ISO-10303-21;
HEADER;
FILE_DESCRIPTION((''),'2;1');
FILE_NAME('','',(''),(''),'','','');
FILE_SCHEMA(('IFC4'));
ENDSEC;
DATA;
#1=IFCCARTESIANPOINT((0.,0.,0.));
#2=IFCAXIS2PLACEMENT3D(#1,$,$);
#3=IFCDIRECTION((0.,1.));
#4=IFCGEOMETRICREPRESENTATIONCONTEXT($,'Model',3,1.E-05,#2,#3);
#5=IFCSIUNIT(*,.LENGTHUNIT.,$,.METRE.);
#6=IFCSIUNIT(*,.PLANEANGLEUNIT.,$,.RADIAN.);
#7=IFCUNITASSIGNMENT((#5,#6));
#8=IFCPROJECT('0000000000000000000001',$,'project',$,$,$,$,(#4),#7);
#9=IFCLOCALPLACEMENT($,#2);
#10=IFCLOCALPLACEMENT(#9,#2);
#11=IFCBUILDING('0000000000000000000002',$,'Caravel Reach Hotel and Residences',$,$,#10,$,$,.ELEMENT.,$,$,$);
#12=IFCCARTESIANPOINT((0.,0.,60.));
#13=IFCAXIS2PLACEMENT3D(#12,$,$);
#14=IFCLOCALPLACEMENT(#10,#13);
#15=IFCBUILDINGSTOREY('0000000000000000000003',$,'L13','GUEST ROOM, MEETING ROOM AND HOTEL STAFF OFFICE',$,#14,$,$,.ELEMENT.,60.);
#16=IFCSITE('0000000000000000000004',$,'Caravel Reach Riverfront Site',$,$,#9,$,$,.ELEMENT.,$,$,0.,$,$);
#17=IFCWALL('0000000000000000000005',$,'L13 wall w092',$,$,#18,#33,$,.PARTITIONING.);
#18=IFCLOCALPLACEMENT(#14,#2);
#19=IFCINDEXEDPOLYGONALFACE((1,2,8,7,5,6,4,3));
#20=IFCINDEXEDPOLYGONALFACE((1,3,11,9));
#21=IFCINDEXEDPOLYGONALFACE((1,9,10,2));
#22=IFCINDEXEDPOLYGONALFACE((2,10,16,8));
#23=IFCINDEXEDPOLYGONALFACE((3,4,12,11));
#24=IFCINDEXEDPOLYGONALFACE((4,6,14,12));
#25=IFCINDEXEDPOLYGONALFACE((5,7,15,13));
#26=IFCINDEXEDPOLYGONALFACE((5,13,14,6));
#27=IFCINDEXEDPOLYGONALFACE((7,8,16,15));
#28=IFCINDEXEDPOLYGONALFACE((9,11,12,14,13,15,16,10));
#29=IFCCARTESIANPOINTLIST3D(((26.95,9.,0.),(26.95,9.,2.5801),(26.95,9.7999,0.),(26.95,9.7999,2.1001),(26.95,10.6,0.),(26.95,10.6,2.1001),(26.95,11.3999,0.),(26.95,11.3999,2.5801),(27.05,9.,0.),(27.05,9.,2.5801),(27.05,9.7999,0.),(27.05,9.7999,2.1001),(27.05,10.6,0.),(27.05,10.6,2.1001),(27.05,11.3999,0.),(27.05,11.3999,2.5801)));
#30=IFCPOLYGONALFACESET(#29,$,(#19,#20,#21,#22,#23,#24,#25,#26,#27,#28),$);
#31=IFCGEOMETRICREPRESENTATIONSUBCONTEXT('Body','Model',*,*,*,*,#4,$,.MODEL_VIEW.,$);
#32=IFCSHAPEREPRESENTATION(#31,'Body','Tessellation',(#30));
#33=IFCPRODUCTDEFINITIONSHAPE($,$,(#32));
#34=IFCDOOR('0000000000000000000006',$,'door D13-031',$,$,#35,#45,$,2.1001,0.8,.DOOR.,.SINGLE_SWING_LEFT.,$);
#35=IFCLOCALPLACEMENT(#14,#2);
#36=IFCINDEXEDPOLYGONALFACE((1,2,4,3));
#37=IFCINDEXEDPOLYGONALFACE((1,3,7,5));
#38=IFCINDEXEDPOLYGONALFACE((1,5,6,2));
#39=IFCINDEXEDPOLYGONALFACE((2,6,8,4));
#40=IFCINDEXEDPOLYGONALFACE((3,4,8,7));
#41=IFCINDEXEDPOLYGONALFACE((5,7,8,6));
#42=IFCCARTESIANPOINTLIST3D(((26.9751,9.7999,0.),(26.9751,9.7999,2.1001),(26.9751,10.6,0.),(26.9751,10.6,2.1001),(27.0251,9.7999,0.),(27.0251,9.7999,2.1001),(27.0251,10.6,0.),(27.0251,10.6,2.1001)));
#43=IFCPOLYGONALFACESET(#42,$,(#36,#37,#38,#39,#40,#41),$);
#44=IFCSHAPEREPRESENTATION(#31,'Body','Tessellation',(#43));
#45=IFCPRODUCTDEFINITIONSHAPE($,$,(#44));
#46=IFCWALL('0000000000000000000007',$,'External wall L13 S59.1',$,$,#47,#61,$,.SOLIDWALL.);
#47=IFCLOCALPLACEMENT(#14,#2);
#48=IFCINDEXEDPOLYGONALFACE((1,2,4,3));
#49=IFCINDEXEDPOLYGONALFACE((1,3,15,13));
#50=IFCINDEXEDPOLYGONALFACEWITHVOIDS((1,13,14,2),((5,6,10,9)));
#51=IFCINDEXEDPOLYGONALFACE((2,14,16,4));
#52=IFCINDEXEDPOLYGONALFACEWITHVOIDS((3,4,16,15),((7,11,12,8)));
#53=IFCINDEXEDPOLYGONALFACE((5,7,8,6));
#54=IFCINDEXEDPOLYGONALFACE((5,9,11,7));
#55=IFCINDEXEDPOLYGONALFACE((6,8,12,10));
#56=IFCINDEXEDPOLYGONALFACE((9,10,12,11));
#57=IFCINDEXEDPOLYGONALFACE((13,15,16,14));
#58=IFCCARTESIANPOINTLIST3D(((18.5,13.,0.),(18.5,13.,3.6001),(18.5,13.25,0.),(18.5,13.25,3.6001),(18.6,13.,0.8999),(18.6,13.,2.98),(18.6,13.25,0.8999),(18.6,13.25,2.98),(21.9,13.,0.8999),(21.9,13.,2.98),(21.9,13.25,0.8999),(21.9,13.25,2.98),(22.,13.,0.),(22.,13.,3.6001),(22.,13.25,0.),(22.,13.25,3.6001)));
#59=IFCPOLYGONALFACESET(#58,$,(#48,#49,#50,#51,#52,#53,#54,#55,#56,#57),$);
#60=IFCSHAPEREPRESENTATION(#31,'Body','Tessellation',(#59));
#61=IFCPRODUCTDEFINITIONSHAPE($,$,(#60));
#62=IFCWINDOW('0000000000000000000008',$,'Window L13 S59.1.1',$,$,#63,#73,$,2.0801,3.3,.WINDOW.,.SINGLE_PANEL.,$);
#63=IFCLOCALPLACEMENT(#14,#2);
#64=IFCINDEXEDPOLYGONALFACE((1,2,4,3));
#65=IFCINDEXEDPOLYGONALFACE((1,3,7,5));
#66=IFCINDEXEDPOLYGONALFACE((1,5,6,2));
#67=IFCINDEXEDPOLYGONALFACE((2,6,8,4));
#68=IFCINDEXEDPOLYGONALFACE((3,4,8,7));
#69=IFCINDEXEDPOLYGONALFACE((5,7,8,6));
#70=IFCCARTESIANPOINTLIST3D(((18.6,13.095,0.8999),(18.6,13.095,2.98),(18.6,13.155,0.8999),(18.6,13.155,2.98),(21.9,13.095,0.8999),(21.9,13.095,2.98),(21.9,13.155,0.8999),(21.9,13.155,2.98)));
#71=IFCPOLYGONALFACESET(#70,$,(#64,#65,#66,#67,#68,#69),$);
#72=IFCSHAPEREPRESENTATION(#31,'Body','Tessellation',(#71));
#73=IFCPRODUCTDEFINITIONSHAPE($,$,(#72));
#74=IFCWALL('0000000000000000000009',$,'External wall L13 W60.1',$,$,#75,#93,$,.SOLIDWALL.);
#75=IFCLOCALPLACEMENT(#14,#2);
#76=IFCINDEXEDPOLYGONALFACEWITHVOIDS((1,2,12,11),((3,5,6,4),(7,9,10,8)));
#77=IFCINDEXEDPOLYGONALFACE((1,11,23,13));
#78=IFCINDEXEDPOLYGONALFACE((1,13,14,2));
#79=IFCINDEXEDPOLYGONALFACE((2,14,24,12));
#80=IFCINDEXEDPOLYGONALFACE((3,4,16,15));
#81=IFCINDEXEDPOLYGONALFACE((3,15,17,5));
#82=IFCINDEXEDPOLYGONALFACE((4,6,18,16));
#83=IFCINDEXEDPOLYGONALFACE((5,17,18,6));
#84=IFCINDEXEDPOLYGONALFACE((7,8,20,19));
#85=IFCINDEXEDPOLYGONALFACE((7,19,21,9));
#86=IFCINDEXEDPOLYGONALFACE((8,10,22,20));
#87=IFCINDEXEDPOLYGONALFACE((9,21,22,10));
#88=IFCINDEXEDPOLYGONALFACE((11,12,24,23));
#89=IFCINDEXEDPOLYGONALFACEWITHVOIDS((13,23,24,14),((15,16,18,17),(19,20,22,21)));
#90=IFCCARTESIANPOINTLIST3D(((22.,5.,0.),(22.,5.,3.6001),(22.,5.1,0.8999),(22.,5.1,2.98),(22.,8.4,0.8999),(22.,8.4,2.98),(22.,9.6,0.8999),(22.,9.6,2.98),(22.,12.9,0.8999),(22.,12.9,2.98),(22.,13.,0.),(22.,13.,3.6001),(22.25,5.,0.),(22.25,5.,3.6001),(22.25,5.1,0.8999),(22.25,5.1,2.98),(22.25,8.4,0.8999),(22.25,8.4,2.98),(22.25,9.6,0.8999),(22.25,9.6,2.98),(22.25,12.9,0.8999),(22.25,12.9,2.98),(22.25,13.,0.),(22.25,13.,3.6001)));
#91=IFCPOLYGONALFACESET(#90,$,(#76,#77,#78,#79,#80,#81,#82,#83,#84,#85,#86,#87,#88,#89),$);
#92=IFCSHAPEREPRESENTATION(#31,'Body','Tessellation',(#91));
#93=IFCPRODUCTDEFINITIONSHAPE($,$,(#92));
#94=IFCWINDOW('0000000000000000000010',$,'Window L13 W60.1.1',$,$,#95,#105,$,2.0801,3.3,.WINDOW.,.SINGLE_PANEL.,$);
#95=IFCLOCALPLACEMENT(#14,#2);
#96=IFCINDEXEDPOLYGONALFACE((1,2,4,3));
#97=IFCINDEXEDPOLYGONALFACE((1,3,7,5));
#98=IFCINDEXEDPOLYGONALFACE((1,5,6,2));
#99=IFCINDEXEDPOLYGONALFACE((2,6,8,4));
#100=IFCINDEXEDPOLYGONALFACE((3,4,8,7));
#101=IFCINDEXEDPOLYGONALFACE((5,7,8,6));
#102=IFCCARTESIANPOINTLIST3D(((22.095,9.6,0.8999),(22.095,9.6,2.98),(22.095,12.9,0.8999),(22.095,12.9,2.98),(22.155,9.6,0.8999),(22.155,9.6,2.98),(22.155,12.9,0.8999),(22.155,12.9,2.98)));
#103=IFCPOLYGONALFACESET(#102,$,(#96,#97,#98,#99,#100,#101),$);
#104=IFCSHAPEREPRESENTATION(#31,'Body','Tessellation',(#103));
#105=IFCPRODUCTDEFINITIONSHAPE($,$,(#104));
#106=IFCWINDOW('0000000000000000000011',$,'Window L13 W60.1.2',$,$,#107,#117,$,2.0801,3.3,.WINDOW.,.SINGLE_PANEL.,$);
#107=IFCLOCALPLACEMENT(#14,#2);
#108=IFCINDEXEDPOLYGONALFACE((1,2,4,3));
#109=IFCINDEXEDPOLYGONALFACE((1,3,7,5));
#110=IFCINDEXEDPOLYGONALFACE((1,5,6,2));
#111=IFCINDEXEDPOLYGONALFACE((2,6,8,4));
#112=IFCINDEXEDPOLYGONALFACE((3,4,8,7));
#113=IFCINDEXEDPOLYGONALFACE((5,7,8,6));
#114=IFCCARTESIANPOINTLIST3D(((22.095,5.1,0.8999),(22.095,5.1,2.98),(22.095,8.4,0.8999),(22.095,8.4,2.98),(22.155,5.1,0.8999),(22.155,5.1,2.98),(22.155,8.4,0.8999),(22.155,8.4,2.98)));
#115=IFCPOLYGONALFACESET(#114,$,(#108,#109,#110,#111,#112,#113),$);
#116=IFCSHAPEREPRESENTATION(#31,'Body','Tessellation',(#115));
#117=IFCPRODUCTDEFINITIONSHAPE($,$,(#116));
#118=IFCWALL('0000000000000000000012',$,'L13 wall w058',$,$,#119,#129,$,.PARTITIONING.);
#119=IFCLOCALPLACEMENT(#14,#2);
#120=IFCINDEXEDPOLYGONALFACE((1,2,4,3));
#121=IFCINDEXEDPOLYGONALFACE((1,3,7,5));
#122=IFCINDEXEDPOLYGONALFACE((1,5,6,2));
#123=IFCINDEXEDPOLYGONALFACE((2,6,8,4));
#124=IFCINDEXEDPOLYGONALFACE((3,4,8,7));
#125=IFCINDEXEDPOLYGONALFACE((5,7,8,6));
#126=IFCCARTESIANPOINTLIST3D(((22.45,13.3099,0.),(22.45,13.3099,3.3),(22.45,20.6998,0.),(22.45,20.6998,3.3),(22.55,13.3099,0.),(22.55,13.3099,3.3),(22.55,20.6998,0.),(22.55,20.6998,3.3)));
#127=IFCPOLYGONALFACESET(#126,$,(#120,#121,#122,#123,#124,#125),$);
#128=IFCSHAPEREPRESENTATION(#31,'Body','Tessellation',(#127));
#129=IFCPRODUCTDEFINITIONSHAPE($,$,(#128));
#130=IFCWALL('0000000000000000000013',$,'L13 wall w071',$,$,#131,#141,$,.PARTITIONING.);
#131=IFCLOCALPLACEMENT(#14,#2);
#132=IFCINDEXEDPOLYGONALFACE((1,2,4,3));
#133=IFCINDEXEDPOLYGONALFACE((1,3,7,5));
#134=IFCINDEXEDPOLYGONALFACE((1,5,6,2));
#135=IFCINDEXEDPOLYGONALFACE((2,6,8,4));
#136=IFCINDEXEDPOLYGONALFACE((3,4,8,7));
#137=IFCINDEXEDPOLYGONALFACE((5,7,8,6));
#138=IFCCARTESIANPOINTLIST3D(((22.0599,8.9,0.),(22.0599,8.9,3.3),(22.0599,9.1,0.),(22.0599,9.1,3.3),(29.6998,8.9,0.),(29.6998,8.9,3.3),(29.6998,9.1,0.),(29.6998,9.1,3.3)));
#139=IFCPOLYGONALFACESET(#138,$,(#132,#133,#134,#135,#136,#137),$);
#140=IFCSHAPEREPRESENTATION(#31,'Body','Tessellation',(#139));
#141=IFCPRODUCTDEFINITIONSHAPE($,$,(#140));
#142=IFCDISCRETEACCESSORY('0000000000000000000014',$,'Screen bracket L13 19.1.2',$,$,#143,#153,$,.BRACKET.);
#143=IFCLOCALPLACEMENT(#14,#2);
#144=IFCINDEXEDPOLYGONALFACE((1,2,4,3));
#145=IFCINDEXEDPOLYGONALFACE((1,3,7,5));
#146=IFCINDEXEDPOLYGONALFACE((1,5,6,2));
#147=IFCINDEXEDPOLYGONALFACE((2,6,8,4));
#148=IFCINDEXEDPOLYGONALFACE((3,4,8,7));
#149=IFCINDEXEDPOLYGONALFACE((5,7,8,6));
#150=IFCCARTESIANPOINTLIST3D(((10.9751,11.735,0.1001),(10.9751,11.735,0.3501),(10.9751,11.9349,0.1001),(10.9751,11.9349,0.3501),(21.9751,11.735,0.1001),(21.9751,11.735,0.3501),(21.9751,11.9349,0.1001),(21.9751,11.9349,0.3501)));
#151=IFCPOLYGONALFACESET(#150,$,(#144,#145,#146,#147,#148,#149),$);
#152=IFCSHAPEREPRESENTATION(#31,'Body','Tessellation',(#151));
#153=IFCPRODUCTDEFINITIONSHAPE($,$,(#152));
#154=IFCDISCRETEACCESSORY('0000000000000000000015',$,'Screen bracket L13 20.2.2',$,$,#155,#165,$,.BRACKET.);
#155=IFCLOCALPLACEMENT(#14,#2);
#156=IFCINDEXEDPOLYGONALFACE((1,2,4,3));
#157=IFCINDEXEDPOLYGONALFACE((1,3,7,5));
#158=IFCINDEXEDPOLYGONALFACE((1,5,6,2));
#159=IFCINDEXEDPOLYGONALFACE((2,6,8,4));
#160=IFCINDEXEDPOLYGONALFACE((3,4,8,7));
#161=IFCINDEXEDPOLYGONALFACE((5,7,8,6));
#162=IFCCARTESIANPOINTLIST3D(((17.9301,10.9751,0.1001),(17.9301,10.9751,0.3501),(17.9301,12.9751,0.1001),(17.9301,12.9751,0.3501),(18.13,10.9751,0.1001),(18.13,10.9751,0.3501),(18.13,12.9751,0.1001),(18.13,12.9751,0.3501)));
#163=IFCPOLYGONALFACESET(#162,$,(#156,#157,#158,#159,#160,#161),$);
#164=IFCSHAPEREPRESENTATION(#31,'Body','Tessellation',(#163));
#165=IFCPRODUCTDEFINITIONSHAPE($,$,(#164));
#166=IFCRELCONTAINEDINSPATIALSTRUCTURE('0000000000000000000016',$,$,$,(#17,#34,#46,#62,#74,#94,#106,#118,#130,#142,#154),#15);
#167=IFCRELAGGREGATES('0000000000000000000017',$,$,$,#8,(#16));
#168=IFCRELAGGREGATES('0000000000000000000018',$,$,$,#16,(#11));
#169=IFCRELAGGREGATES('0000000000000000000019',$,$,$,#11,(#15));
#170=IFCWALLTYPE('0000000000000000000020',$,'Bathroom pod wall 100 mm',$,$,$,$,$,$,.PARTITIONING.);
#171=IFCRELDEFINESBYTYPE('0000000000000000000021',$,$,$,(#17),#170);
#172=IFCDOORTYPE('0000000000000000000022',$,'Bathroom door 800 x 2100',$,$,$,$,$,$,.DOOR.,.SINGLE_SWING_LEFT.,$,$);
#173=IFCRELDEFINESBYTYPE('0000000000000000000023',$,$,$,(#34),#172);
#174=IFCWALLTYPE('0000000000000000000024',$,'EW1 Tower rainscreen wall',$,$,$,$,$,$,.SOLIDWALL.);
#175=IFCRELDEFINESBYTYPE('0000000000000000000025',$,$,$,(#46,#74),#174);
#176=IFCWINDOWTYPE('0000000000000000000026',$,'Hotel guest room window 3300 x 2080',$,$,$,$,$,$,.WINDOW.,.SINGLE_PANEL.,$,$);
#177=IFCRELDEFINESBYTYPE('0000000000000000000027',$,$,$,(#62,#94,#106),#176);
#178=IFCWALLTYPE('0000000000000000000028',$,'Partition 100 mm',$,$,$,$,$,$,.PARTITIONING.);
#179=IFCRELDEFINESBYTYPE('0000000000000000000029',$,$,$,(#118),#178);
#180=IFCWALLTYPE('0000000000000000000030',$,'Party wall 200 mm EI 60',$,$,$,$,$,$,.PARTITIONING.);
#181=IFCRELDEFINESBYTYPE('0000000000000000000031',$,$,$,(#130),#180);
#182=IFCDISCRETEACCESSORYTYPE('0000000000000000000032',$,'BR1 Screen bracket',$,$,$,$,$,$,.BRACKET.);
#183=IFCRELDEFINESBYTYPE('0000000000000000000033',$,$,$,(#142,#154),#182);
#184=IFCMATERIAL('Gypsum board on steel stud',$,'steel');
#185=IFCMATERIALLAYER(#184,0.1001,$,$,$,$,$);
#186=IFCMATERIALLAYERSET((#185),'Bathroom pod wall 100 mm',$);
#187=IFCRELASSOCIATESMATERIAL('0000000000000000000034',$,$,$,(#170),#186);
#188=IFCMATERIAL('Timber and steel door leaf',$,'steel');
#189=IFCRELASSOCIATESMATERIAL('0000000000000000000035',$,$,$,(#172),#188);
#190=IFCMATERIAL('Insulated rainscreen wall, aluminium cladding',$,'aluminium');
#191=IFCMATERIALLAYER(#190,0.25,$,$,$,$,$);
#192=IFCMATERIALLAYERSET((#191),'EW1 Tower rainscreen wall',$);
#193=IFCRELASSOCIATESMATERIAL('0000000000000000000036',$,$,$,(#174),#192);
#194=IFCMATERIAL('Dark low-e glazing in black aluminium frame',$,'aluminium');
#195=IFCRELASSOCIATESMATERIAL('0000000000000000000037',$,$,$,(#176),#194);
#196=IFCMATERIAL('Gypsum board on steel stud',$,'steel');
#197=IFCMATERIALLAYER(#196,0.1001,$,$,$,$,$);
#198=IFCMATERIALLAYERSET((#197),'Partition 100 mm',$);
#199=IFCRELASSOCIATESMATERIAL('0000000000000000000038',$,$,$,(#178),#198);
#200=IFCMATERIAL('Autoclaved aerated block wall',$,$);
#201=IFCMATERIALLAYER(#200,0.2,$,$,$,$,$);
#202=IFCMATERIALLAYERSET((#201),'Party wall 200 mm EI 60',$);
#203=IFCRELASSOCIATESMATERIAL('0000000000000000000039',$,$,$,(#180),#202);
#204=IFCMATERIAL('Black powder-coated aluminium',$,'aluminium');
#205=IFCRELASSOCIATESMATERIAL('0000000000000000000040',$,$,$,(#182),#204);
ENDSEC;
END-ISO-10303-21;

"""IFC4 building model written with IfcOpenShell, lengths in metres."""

from ifc_helpers import new_model, si_unit, direction, frame, frame_2d, origin, origin_2d, place, context, subcontext, project, spatial, rectangle, extrude, material, layer, layer_set, type_object, element, fill, save


model = new_model("IFC4")

# Units and contexts
model_context = context("Model", 3, precision=1e-05, world=origin(), true_north=direction((0.0, 1.0)))
body_context = subcontext(model_context, "Body", "Model", "MODEL_VIEW")
ifc_project = project(units=[si_unit("LENGTHUNIT", "METRE"), si_unit("PLANEANGLEUNIT", "RADIAN")], contexts=[model_context])

# Site, building, storey
site_placement = place(None, origin())
site = spatial("IfcSite", under=ifc_project, at=site_placement, Name="Caravel Reach Riverfront Site", CompositionType="ELEMENT", RefElevation=0.0)
building_placement = place(site_placement, origin())
building = spatial("IfcBuilding", under=site, at=building_placement, Name="Caravel Reach Hotel and Residences", CompositionType="ELEMENT")
storey_placement = place(building_placement, frame((0.0, 0.0, 60.0)))
storey = spatial("IfcBuildingStorey", under=building, at=storey_placement, Name="L13", Description="GUEST ROOM, MEETING ROOM AND HOTEL STAFF OFFICE", CompositionType="ELEMENT", Elevation=60.0)

# Shared definitions
ifc_material_1 = material(Name="Gypsum board on steel stud", Category="steel")
ifc_layer_1 = layer(ifc_material_1, 0.1001)
ifc_layer_set_1 = layer_set([ifc_layer_1], Name="Bathroom pod wall 100 mm")
wall_type_1 = type_object("IfcWallType", Name="Bathroom pod wall 100 mm", PredefinedType="PARTITIONING", material=ifc_layer_set_1)

# Wall, opening, door
wall_1_placement = place(storey_placement, frame((27.0, 9.0, 0.0), z_axis=(0.0, 0.0, 1.0), x_axis=(0.0, 1.0, 0.0)))
wall_1 = element("IfcWall", 1, at=wall_1_placement, inside=storey, type_object=wall_type_1, Name="L13 wall w092", PredefinedType="PARTITIONING", context=body_context, shape_type="SweptSolid", body=[
    extrude(rectangle(XDim=2.3999, YDim=0.1001, at=frame_2d((1.2, 0.0))), origin(), (0.0, 0.0, 1.0), 2.5801),
])
opening_1_placement = place(wall_1_placement, frame((0.8, 0.0, 0.0)))
opening_1 = element("IfcOpeningElement", 2, at=opening_1_placement, cuts=wall_1, PredefinedType="OPENING", context=body_context, shape_type="SweptSolid", body=[
    extrude(rectangle(XDim=0.8, YDim=2.1001, at=frame_2d((0.3999, 1.05))), frame((0.0, 0.0601, 0.0), z_axis=(0.0, -1.0, 0.0), x_axis=(1.0, 0.0, 0.0)), (0.0, 0.0, 1.0), 0.1201),
])
ifc_material_2 = material(Name="Timber and steel door leaf", Category="steel")
door_type = type_object("IfcDoorType", Name="Bathroom door 800 x 2100", OperationType="SINGLE_SWING_LEFT", PredefinedType="DOOR", material=ifc_material_2)
door_placement = place(opening_1_placement, origin())
door = element("IfcDoor", 3, at=door_placement, inside=storey, type_object=door_type, Name="door D13-031", OperationType="SINGLE_SWING_LEFT", OverallHeight=2.1001, OverallWidth=0.8, PredefinedType="DOOR", context=body_context, shape_type="SweptSolid", body=[
    extrude(rectangle(XDim=0.8, YDim=2.1001, at=frame_2d((0.3999, 1.05))), frame((0.0, 0.0249, 0.0), z_axis=(0.0, -1.0, 0.0), x_axis=(1.0, 0.0, 0.0)), (0.0, 0.0, 1.0), 0.05),
])
fill(opening_1, door)

# Wall, opening, window
ifc_material_3 = material(Name="Insulated rainscreen wall, aluminium cladding", Category="aluminium")
ifc_layer_2 = layer(ifc_material_3, 0.25)
ifc_layer_set_2 = layer_set([ifc_layer_2], Name="EW1 Tower rainscreen wall")
wall_type_2 = type_object("IfcWallType", Name="EW1 Tower rainscreen wall", PredefinedType="SOLIDWALL", material=ifc_layer_set_2)
wall_2_placement = place(storey_placement, frame((18.5, 13.125, 0.0), z_axis=(0.0, 0.0, 1.0), x_axis=(1.0, 0.0, 0.0)))
wall_2 = element("IfcWall", 4, at=wall_2_placement, inside=storey, type_object=wall_type_2, Name="External wall L13 S59.1", PredefinedType="SOLIDWALL", context=body_context, shape_type="SweptSolid", body=[
    extrude(rectangle(XDim=3.5, YDim=0.25, at=frame_2d((1.75, 0.0))), origin(), (0.0, 0.0, 1.0), 3.6001),
])
opening_2_placement = place(wall_2_placement, frame((0.1001, 0.0, 0.8999)))
opening_2 = element("IfcOpeningElement", 5, at=opening_2_placement, cuts=wall_2, PredefinedType="OPENING", context=body_context, shape_type="SweptSolid", body=[
    extrude(rectangle(XDim=3.3, YDim=2.0801, at=frame_2d((1.6499, 1.04))), frame((0.0, 0.135, 0.0), z_axis=(0.0, -1.0, 0.0), x_axis=(1.0, 0.0, 0.0)), (0.0, 0.0, 1.0), 0.27),
])
ifc_material_4 = material(Name="Dark low-e glazing in black aluminium frame", Category="aluminium")
window_type = type_object("IfcWindowType", Name="Hotel guest room window 3300 x 2080", PartitioningType="SINGLE_PANEL", PredefinedType="WINDOW", material=ifc_material_4)
window_1_placement = place(opening_2_placement, origin())
window_1 = element("IfcWindow", 6, at=window_1_placement, inside=storey, type_object=window_type, Name="Window L13 S59.1.1", OverallHeight=2.0801, OverallWidth=3.3, PartitioningType="SINGLE_PANEL", PredefinedType="WINDOW", context=body_context, shape_type="SweptSolid", body=[
    extrude(rectangle(XDim=3.3, YDim=2.0801, at=frame_2d((1.6499, 1.04))), frame((0.0, 0.03, 0.0), z_axis=(0.0, -1.0, 0.0), x_axis=(1.0, 0.0, 0.0)), (0.0, 0.0, 1.0), 0.0601),
])
fill(opening_2, window_1)

# Wall, openings, windows
wall_3_placement = place(storey_placement, frame((22.125, 13.0, 0.0), z_axis=(0.0, 0.0, 1.0), x_axis=(0.0, -1.0, 0.0)))
wall_3 = element("IfcWall", 7, at=wall_3_placement, inside=storey, type_object=wall_type_2, Name="External wall L13 W60.1", PredefinedType="SOLIDWALL", context=body_context, shape_type="SweptSolid", body=[
    extrude(rectangle(XDim=8.0, YDim=0.25, at=frame_2d((4.0, 0.0))), origin(), (0.0, 0.0, 1.0), 3.6001),
])
opening_3_placement = place(wall_3_placement, frame((0.1001, 0.0, 0.8999)))
opening_3 = element("IfcOpeningElement", 8, at=opening_3_placement, cuts=wall_3, PredefinedType="OPENING", context=body_context, shape_type="SweptSolid", body=[
    extrude(rectangle(XDim=3.3, YDim=2.0801, at=frame_2d((1.6499, 1.04))), frame((0.0, 0.135, 0.0), z_axis=(0.0, -1.0, 0.0), x_axis=(1.0, 0.0, 0.0)), (0.0, 0.0, 1.0), 0.27),
])
opening_4_placement = place(wall_3_placement, frame((4.6001, 0.0, 0.8999)))
opening_4 = element("IfcOpeningElement", 9, at=opening_4_placement, cuts=wall_3, PredefinedType="OPENING", context=body_context, shape_type="SweptSolid", body=[
    extrude(rectangle(XDim=3.3, YDim=2.0801, at=frame_2d((1.6499, 1.04))), frame((0.0, 0.135, 0.0), z_axis=(0.0, -1.0, 0.0), x_axis=(1.0, 0.0, 0.0)), (0.0, 0.0, 1.0), 0.27),
])
window_2_placement = place(opening_3_placement, origin())
window_2 = element("IfcWindow", 10, at=window_2_placement, inside=storey, type_object=window_type, Name="Window L13 W60.1.1", OverallHeight=2.0801, OverallWidth=3.3, PartitioningType="SINGLE_PANEL", PredefinedType="WINDOW", context=body_context, shape_type="SweptSolid", body=[
    extrude(rectangle(XDim=3.3, YDim=2.0801, at=frame_2d((1.6499, 1.04))), frame((0.0, 0.03, 0.0), z_axis=(0.0, -1.0, 0.0), x_axis=(1.0, 0.0, 0.0)), (0.0, 0.0, 1.0), 0.0601),
])
fill(opening_3, window_2)
window_3_placement = place(opening_4_placement, origin())
window_3 = element("IfcWindow", 11, at=window_3_placement, inside=storey, type_object=window_type, Name="Window L13 W60.1.2", OverallHeight=2.0801, OverallWidth=3.3, PartitioningType="SINGLE_PANEL", PredefinedType="WINDOW", context=body_context, shape_type="SweptSolid", body=[
    extrude(rectangle(XDim=3.3, YDim=2.0801, at=frame_2d((1.6499, 1.04))), frame((0.0, 0.03, 0.0), z_axis=(0.0, -1.0, 0.0), x_axis=(1.0, 0.0, 0.0)), (0.0, 0.0, 1.0), 0.0601),
])
fill(opening_4, window_3)

# Walls
ifc_material_5 = material(Name="Gypsum board on steel stud", Category="steel")
ifc_layer_3 = layer(ifc_material_5, 0.1001)
ifc_layer_set_3 = layer_set([ifc_layer_3], Name="Partition 100 mm")
wall_type_3 = type_object("IfcWallType", Name="Partition 100 mm", PredefinedType="PARTITIONING", material=ifc_layer_set_3)
wall_4_placement = place(storey_placement, frame((22.5, 13.3101, 0.0), z_axis=(0.0, 0.0, 1.0), x_axis=(0.0, 1.0, 0.0)))
element("IfcWall", 12, at=wall_4_placement, inside=storey, type_object=wall_type_3, Name="L13 wall w058", PredefinedType="PARTITIONING", context=body_context, shape_type="SweptSolid", body=[
    extrude(rectangle(XDim=7.3899, YDim=0.1001, at=frame_2d((3.6948, 0.0))), origin(), (0.0, 0.0, 1.0), 3.3),
])
ifc_material_6 = material(Name="Autoclaved aerated block wall")
ifc_layer_4 = layer(ifc_material_6, 0.2)
ifc_layer_set_4 = layer_set([ifc_layer_4], Name="Party wall 200 mm EI 60")
wall_type_4 = type_object("IfcWallType", Name="Party wall 200 mm EI 60", PredefinedType="PARTITIONING", material=ifc_layer_set_4)
wall_5_placement = place(storey_placement, frame((22.0601, 9.0, 0.0), z_axis=(0.0, 0.0, 1.0), x_axis=(1.0, 0.0, 0.0)))
element("IfcWall", 13, at=wall_5_placement, inside=storey, type_object=wall_type_4, Name="L13 wall w071", PredefinedType="PARTITIONING", context=body_context, shape_type="SweptSolid", body=[
    extrude(rectangle(XDim=7.6399, YDim=0.2, at=frame_2d((3.8198, 0.0))), origin(), (0.0, 0.0, 1.0), 3.3),
])

# Discrete accessories
ifc_material_7 = material(Name="Black powder-coated aluminium", Category="aluminium")
discrete_accessory_type = type_object("IfcDiscreteAccessoryType", Name="BR1 Screen bracket", PredefinedType="BRACKET", material=ifc_material_7)
discrete_accessory_1_placement = place(storey_placement, frame((16.4751, 11.835, 0.1001), z_axis=(0.0, 0.0, 1.0), x_axis=(-1.0, 0.0, 0.0)))
element("IfcDiscreteAccessory", 14, at=discrete_accessory_1_placement, inside=storey, type_object=discrete_accessory_type, Name="Screen bracket L13 19.1.2", PredefinedType="BRACKET", context=body_context, shape_type="SweptSolid", body=[
    extrude(rectangle(XDim=11.0, YDim=0.2, at=origin_2d()), origin(), (0.0, 0.0, 1.0), 0.25),
])
discrete_accessory_2_placement = place(storey_placement, frame((18.03, 11.9751, 0.1001), z_axis=(0.0, 0.0, 1.0), x_axis=(0.0, -1.0, 0.0)))
element("IfcDiscreteAccessory", 15, at=discrete_accessory_2_placement, inside=storey, type_object=discrete_accessory_type, Name="Screen bracket L13 20.2.2", PredefinedType="BRACKET", context=body_context, shape_type="SweptSolid", body=[
    extrude(rectangle(XDim=2.0, YDim=0.2, at=origin_2d()), origin(), (0.0, 0.0, 1.0), 0.25),
])

save(model, "model.ifc")
